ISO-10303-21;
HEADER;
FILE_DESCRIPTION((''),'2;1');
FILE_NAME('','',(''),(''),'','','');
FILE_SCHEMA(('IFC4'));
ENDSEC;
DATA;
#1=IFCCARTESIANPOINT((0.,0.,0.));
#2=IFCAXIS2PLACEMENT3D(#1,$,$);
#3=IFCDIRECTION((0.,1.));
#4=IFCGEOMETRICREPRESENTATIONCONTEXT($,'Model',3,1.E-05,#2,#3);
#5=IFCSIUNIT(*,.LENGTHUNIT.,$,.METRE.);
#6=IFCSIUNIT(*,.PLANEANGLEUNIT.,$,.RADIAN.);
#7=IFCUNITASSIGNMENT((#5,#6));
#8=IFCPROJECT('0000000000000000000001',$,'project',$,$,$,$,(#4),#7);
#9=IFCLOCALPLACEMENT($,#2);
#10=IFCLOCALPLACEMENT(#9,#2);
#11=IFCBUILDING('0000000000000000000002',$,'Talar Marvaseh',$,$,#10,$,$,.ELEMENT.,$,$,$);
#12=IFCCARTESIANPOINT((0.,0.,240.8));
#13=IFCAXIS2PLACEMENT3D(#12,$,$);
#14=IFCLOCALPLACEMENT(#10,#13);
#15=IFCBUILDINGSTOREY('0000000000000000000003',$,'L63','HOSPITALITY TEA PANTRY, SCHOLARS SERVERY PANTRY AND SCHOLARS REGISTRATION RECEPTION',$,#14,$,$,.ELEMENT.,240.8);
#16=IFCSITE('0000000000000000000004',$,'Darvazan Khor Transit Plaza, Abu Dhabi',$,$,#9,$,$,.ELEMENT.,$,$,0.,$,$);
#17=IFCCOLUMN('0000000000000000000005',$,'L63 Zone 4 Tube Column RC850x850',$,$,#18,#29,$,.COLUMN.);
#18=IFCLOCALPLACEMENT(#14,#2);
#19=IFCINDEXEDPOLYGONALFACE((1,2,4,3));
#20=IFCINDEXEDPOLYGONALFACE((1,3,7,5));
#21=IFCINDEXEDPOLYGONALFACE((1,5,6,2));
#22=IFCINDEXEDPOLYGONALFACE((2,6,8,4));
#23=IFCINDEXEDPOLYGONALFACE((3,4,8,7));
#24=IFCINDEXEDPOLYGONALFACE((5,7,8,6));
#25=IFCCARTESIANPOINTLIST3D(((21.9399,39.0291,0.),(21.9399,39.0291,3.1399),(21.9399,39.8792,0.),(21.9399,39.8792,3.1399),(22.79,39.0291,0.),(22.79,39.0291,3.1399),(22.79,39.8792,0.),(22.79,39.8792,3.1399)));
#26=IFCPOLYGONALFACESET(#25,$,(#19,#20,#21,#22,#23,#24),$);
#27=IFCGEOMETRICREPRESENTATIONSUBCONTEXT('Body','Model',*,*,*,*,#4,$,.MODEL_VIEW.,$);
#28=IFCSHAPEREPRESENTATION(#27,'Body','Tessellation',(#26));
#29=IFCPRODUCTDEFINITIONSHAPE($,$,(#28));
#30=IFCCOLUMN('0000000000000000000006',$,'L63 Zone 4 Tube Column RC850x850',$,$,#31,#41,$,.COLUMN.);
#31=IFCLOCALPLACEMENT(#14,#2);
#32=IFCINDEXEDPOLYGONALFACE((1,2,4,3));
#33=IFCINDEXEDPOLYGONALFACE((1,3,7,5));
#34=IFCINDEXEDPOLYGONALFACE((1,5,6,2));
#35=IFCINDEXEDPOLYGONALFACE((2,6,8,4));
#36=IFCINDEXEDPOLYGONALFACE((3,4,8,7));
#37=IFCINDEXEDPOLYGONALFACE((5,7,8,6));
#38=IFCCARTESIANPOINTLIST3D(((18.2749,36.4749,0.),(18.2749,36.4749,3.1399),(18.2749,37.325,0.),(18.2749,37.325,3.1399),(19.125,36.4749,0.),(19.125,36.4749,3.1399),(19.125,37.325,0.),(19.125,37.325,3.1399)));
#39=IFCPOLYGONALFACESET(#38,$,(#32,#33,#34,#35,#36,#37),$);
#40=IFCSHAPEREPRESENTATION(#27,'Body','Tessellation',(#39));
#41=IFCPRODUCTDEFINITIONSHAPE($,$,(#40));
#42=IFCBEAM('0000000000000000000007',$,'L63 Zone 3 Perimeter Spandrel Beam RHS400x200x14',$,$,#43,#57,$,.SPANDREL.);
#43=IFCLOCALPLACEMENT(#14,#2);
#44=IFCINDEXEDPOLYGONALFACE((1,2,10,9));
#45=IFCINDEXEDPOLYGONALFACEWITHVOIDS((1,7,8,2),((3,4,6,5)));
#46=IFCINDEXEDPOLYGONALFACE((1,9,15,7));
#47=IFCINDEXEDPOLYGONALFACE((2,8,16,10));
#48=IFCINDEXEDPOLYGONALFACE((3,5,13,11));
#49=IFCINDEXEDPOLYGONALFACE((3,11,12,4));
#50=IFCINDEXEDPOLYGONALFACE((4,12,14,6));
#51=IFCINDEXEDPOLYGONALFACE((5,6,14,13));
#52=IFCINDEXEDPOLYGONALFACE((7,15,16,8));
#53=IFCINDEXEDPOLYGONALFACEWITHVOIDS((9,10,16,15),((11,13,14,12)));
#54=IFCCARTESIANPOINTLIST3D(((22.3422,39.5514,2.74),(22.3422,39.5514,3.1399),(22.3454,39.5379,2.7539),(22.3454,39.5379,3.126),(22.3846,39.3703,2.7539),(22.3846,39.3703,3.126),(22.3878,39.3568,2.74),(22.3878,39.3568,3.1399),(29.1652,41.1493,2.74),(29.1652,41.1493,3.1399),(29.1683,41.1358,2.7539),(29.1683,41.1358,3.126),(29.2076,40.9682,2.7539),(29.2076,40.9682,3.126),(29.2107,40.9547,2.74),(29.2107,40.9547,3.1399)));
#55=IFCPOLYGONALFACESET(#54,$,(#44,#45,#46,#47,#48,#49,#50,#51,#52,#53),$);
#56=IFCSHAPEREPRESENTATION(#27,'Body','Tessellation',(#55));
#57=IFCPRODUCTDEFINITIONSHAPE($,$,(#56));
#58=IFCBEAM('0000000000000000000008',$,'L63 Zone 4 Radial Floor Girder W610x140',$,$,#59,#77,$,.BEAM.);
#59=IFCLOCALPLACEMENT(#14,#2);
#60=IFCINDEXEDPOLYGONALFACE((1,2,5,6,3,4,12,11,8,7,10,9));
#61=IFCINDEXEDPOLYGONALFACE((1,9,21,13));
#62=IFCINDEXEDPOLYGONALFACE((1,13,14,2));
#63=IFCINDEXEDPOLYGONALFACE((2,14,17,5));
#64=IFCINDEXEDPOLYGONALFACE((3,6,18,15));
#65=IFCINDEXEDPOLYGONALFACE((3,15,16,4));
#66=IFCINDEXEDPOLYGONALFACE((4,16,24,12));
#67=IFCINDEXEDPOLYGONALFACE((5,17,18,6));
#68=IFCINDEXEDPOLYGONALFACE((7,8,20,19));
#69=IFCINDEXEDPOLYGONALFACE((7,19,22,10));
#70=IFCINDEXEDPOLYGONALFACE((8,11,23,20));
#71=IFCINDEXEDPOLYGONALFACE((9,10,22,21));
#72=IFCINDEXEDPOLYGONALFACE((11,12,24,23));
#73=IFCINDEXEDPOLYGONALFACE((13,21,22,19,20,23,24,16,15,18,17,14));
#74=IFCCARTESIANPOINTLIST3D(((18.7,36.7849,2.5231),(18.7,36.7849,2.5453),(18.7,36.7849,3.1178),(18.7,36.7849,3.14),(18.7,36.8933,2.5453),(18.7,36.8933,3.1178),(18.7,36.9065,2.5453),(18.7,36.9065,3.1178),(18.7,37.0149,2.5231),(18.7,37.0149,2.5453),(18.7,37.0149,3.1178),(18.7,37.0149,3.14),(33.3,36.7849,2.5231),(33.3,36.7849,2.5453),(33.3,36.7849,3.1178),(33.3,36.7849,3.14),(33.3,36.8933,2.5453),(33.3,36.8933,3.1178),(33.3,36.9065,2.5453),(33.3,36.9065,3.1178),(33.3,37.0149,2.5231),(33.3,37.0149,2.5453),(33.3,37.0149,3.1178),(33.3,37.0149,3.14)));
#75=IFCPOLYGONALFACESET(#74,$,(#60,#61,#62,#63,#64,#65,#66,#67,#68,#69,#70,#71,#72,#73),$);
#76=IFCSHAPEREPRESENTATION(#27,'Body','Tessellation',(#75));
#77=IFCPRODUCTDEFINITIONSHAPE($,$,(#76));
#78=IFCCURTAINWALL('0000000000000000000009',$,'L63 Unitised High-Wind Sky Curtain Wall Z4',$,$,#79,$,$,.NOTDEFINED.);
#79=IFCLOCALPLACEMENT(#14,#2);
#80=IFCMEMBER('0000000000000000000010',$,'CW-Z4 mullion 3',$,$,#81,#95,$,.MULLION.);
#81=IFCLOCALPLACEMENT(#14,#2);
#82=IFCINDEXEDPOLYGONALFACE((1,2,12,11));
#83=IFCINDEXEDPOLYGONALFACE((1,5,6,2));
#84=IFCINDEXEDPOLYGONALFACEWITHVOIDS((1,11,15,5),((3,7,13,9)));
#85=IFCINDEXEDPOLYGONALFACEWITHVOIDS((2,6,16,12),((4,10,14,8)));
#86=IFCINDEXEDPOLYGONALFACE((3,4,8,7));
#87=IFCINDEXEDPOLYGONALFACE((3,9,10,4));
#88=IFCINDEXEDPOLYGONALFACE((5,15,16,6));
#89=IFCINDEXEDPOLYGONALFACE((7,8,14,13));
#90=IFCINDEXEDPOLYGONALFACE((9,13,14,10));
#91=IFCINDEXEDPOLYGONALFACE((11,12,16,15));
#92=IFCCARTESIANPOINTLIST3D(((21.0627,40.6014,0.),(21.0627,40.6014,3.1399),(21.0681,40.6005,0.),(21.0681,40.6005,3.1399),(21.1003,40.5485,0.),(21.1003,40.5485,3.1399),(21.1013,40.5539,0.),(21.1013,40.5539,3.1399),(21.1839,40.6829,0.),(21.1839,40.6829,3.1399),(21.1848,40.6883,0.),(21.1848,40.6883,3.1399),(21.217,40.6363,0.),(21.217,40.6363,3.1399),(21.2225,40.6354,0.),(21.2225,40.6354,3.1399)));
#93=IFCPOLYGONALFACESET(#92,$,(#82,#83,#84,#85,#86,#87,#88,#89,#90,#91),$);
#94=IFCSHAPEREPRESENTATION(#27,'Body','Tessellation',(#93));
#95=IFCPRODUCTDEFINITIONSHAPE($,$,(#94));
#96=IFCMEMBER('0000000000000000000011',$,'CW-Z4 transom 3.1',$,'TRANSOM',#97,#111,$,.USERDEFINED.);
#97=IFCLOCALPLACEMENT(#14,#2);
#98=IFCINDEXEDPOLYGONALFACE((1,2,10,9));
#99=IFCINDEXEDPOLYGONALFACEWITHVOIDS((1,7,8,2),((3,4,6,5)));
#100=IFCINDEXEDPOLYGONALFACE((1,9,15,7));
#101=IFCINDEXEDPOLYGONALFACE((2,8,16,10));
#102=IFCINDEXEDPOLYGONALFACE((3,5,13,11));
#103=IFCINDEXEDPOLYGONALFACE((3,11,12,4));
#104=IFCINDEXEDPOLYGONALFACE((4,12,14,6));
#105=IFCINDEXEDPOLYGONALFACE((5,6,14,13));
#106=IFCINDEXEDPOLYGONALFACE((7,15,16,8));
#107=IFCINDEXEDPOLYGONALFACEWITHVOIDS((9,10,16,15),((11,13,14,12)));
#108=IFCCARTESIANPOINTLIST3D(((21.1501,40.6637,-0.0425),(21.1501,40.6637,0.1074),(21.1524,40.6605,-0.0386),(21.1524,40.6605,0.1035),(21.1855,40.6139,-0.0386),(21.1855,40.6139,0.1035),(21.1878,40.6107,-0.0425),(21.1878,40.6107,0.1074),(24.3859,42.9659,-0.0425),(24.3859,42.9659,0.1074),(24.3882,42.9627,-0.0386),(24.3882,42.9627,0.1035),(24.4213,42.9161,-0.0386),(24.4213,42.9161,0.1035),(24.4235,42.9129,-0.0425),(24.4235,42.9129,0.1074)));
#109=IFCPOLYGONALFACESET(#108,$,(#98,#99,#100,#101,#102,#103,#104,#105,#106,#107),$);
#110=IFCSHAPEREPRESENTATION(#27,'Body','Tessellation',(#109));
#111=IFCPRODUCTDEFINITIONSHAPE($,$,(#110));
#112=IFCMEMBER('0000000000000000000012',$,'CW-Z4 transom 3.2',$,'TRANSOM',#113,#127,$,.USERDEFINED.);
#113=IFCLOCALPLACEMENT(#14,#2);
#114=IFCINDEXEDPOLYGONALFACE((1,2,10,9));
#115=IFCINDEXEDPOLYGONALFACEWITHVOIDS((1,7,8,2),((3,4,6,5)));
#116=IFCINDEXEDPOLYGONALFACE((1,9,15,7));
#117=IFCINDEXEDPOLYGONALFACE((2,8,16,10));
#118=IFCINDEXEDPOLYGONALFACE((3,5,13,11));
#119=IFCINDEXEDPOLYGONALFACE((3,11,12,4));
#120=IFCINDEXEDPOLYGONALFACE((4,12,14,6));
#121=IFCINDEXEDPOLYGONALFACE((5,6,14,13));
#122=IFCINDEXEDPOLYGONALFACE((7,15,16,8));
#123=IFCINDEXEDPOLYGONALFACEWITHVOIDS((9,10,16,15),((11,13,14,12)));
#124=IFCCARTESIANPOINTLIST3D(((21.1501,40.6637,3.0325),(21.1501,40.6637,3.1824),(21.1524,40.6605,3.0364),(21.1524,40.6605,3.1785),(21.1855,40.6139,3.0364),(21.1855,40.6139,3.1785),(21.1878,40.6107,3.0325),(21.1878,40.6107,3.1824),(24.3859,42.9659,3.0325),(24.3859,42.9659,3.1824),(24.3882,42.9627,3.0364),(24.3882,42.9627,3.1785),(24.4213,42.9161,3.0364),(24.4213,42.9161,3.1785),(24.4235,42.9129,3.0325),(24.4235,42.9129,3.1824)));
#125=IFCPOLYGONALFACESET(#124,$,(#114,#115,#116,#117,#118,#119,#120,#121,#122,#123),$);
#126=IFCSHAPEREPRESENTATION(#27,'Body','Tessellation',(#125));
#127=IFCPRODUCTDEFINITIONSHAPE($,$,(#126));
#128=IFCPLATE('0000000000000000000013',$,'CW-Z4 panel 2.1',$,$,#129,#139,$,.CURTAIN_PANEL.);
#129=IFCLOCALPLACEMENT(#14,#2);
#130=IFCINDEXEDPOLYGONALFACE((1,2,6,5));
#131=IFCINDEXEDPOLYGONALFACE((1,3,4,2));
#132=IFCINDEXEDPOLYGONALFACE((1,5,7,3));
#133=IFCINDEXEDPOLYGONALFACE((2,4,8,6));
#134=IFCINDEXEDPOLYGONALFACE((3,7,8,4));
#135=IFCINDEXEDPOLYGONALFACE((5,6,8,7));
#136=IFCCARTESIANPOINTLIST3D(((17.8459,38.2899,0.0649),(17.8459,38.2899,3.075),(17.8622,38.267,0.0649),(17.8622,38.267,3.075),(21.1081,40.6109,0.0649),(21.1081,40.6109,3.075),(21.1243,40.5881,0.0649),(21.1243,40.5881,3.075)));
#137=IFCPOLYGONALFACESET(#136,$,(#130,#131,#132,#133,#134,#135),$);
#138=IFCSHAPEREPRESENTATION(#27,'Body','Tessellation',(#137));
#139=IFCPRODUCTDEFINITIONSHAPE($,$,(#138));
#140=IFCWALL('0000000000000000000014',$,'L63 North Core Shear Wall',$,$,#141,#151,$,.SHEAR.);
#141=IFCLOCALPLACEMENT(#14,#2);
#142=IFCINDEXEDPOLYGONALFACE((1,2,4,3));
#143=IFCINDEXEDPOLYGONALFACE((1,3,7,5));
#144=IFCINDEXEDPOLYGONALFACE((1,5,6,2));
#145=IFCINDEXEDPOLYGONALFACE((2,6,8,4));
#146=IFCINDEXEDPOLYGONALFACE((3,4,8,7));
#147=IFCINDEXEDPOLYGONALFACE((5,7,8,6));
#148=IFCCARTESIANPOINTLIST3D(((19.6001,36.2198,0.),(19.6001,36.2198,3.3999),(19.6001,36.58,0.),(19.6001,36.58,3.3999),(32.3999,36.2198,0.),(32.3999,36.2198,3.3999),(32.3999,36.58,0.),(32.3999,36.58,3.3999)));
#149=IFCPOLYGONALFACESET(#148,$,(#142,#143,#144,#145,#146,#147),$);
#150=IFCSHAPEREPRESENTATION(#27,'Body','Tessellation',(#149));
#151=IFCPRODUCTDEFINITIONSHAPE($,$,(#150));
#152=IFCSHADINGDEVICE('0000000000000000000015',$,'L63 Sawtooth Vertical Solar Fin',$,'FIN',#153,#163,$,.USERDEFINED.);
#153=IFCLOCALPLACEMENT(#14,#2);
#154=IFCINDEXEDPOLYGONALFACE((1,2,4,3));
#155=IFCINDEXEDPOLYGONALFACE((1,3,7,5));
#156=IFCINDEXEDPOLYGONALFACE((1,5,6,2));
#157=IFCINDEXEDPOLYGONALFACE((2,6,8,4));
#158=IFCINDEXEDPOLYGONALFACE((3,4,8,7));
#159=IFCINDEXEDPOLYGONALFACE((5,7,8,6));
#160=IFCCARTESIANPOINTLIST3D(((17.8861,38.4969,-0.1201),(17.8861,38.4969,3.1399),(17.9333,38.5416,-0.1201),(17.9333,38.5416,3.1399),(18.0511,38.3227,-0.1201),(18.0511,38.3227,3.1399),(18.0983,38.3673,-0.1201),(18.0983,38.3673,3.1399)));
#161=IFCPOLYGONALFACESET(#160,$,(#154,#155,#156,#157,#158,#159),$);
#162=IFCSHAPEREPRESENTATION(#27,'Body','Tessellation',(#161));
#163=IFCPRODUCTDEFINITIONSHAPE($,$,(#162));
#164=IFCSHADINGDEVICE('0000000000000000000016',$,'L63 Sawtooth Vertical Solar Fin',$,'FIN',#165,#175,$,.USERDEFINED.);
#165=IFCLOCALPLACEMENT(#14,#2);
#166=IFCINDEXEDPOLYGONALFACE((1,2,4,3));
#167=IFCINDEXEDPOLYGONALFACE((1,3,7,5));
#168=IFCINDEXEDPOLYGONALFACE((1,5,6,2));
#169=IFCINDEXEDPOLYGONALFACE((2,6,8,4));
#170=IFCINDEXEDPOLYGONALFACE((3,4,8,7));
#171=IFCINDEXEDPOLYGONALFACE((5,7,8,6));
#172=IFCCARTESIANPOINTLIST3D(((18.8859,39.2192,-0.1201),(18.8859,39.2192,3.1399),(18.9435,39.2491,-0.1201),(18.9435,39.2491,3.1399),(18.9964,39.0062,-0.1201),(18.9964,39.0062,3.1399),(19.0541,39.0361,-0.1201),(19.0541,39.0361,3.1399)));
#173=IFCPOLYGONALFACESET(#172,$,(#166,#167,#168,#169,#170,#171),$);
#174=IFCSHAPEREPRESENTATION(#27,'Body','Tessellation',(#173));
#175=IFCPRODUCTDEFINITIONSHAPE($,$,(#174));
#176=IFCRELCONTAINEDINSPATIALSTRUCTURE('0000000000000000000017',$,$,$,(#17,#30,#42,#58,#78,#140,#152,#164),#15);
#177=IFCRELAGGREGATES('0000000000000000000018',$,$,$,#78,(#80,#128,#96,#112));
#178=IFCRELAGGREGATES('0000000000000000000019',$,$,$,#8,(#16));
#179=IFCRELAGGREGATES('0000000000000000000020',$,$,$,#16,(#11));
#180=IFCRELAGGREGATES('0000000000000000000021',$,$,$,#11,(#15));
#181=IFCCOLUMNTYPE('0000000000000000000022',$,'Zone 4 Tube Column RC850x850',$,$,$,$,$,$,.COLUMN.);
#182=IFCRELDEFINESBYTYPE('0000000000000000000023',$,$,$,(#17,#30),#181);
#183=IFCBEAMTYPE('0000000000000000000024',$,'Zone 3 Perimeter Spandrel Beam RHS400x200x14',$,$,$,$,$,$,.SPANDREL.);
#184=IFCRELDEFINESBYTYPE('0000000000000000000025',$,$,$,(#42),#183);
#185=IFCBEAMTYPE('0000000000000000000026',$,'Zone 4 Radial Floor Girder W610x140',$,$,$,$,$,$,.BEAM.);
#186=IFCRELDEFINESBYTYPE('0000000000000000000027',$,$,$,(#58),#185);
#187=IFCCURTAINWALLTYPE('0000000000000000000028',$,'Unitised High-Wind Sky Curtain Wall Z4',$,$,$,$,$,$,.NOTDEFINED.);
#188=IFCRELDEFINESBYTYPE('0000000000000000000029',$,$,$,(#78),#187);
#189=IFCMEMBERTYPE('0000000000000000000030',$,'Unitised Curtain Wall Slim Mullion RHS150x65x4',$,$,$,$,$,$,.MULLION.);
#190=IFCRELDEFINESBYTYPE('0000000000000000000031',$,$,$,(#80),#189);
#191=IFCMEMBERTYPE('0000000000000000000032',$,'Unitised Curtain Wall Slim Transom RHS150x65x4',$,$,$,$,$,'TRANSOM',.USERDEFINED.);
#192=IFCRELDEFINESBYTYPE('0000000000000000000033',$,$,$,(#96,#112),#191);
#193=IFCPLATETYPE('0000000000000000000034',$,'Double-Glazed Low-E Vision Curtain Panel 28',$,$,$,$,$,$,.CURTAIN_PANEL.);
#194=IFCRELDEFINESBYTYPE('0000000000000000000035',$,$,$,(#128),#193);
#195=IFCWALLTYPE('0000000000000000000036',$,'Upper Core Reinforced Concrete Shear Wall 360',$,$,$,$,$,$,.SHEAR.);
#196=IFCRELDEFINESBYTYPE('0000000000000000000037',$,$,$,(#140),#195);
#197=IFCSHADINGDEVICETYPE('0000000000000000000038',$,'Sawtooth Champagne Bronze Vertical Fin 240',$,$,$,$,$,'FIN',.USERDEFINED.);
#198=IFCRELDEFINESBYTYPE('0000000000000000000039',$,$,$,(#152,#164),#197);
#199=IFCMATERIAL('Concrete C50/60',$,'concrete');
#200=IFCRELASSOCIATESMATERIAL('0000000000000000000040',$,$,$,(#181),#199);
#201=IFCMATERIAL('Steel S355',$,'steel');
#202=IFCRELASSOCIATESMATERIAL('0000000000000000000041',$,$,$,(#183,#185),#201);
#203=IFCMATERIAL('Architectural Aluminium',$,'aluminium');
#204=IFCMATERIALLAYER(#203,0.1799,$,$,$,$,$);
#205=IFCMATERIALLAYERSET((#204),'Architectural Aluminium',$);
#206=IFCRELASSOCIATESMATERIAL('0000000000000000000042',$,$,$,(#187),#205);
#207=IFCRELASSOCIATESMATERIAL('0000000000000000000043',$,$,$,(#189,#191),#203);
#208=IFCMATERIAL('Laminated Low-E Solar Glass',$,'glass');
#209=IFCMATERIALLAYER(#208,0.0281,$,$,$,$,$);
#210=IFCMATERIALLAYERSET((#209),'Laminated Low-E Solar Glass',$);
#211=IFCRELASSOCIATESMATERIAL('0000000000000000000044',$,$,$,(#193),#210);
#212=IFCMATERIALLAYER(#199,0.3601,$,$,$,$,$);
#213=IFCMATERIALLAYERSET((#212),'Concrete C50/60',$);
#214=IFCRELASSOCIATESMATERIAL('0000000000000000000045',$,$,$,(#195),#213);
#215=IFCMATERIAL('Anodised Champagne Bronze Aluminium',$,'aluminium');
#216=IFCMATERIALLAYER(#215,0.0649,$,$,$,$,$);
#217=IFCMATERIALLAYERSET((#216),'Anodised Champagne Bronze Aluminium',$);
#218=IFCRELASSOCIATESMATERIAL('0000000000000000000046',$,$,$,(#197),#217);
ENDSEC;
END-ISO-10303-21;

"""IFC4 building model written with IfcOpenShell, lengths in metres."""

from ifc_helpers import new_model, si_unit, direction, frame, frame_2d, origin, origin_2d, place, context, subcontext, project, spatial, rectangle, hollow_rectangle, i_section, extrude, source, transform, mapped, material, layer, layer_set, material_profile, profile_set, type_object, type_shapes, element, aggregate, save


model = new_model("IFC4")

# Units and contexts
model_context = context("Model", 3, precision=1e-05, world=origin(), true_north=direction((0.0, 1.0)))
body_context = subcontext(model_context, "Body", "Model", "MODEL_VIEW")
ifc_project = project(units=[si_unit("LENGTHUNIT", "METRE"), si_unit("PLANEANGLEUNIT", "RADIAN")], contexts=[model_context])

# Site, building, storey
site_placement = place(None, origin())
site = spatial("IfcSite", under=ifc_project, at=site_placement, Name="Darvazan Khor Transit Plaza, Abu Dhabi", CompositionType="ELEMENT", RefElevation=0.0)
building_placement = place(site_placement, origin())
building = spatial("IfcBuilding", under=site, at=building_placement, Name="Talar Marvaseh", CompositionType="ELEMENT")
storey_placement = place(building_placement, frame((0.0, 0.0, 240.8)))
storey = spatial("IfcBuildingStorey", under=building, at=storey_placement, Name="L63", Description="HOSPITALITY TEA PANTRY, SCHOLARS SERVERY PANTRY AND SCHOLARS REGISTRATION RECEPTION", CompositionType="ELEMENT", Elevation=240.8)

# Columns
ifc_material_1 = material(Name="Concrete C50/60", Category="concrete")
ifc_material_profile_1 = material_profile(ifc_material_1, rectangle(XDim=0.8501, YDim=0.8501, at=origin_2d()), Name="RC850x850")
ifc_profile_set_1 = profile_set([ifc_material_profile_1], Name="Concrete C50/60")
column_type = type_object("IfcColumnType", Name="Zone 4 Tube Column RC850x850", PredefinedType="COLUMN", material=ifc_profile_set_1)
for number, where, z_axis, x_axis, name in (
    (1, (22.365, 39.4541, 0.0), (0.0, 0.0, 1.0), (1.0, 0.0, 0.0), "L63 Zone 4 Tube Column RC850x850"),
    (2, (18.7, 36.8999, 0.0), (0.0, 0.0, 1.0), (1.0, 0.0, 0.0), "L63 Zone 4 Tube Column RC850x850"),
):
    element("IfcColumn", number, at=place(storey_placement, frame(where, z_axis=z_axis, x_axis=x_axis)), inside=storey, type_object=column_type, Name=name, PredefinedType="COLUMN", context=body_context, shape_type="SweptSolid", body=[
        extrude(rectangle(XDim=0.8501, YDim=0.8501, at=origin_2d()), origin(), (0.0, 0.0, 1.0), 3.1399),
    ])

# Beams
ifc_material_2 = material(Name="Steel S355", Category="steel")
ifc_material_profile_2 = material_profile(ifc_material_2, hollow_rectangle(XDim=0.2, YDim=0.3999, WallThickness=0.0139, at=origin_2d()), Name="RHS400x200x14")
ifc_profile_set_2 = profile_set([ifc_material_profile_2], Name="Steel S355")
beam_type_1 = type_object("IfcBeamType", Name="Zone 3 Perimeter Spandrel Beam RHS400x200x14", PredefinedType="SPANDREL", material=ifc_profile_set_2)
beam_1_placement = place(storey_placement, frame((22.365, 39.4541, 2.9399), z_axis=(0.973656, 0.228024, 0.0), x_axis=(-0.228024, 0.973656, 0.0)))
element("IfcBeam", 3, at=beam_1_placement, inside=storey, type_object=beam_type_1, Name="L63 Zone 3 Perimeter Spandrel Beam RHS400x200x14", PredefinedType="SPANDREL", context=body_context, shape_type="SweptSolid", body=[
    extrude(hollow_rectangle(XDim=0.2, YDim=0.3999, WallThickness=0.0139, at=origin_2d()), origin(), (0.0, 0.0, 1.0), 7.0076),
])
ifc_material_profile_3 = material_profile(ifc_material_2, i_section(OverallWidth=0.23, OverallDepth=0.6169, WebThickness=0.0132, FlangeThickness=0.0222, at=origin_2d()), Name="W610x140")
ifc_profile_set_3 = profile_set([ifc_material_profile_3], Name="Steel S355")
beam_type_2 = type_object("IfcBeamType", Name="Zone 4 Radial Floor Girder W610x140", PredefinedType="BEAM", material=ifc_profile_set_3)
beam_2_placement = place(storey_placement, frame((18.7, 36.8999, 2.8315), z_axis=(1.0, 0.0, 0.0), x_axis=(0.0, 1.0, 0.0)))
element("IfcBeam", 4, at=beam_2_placement, inside=storey, type_object=beam_type_2, Name="L63 Zone 4 Radial Floor Girder W610x140", PredefinedType="BEAM", context=body_context, shape_type="SweptSolid", body=[
    extrude(i_section(OverallWidth=0.23, OverallDepth=0.6169, WebThickness=0.0132, FlangeThickness=0.0222, at=origin_2d()), origin(), (0.0, 0.0, 1.0), 14.6001),
])

# Curtain wall, members, plate
ifc_material_3 = material(Name="Architectural Aluminium", Category="aluminium")
ifc_layer_1 = layer(ifc_material_3, 0.1799)
ifc_layer_set_1 = layer_set([ifc_layer_1], Name="Architectural Aluminium")
curtain_wall_type = type_object("IfcCurtainWallType", Name="Unitised High-Wind Sky Curtain Wall Z4", PredefinedType="NOTDEFINED", material=ifc_layer_set_1)
curtain_wall_placement = place(storey_placement, origin())
curtain_wall = element("IfcCurtainWall", 5, at=curtain_wall_placement, inside=storey, type_object=curtain_wall_type, Name="L63 Unitised High-Wind Sky Curtain Wall Z4", PredefinedType="NOTDEFINED")
ifc_material_profile_4 = material_profile(ifc_material_3, hollow_rectangle(XDim=0.0649, YDim=0.1499, WallThickness=0.0039, at=origin_2d()), Name="RHS150x65x4")
ifc_profile_set_4 = profile_set([ifc_material_profile_4], Name="Architectural Aluminium")
member_type_1 = type_object("IfcMemberType", Name="Unitised Curtain Wall Slim Mullion RHS150x65x4", PredefinedType="MULLION", material=ifc_profile_set_4)
shared_shape_1 = source(origin(), body_context, "Body", "SweptSolid", [
    extrude(hollow_rectangle(XDim=0.0649, YDim=0.1499, WallThickness=0.0039, at=origin_2d()), origin(), (0.0, 0.0, 1.0), 3.1399),
])
type_shapes(member_type_1, [shared_shape_1])
member_1_placement = place(storey_placement, frame((21.1426, 40.6184, 0.0), z_axis=(0.0, 0.0, 1.0), x_axis=(-0.579742, 0.8148, 0.0)))
member_1 = element("IfcMember", 6, at=member_1_placement, type_object=member_type_1, Name="CW-Z4 mullion 3", PredefinedType="MULLION", context=body_context, shape_type="MappedRepresentation", body=[
    mapped(shared_shape_1, transform((0.0, 0.0, 0.0), x_axis=(1.0, 0.0, 0.0), y_axis=(0.0, 1.0, 0.0), z_axis=(0.0, 0.0, 1.0), scale=1.0)),
])
ifc_material_profile_5 = material_profile(ifc_material_3, hollow_rectangle(XDim=0.0649, YDim=0.1499, WallThickness=0.0039, at=origin_2d()), Name="RHS150x65x4")
ifc_profile_set_5 = profile_set([ifc_material_profile_5], Name="Architectural Aluminium")
member_type_2 = type_object("IfcMemberType", Name="Unitised Curtain Wall Slim Transom RHS150x65x4", ElementType="TRANSOM", PredefinedType="USERDEFINED", material=ifc_profile_set_5)
shared_shape_2 = source(origin(), body_context, "Body", "SweptSolid", [
    extrude(hollow_rectangle(XDim=0.0649, YDim=0.1499, WallThickness=0.0039, at=origin_2d()), origin(), (0.0, 0.0, 1.0), 3.9712),
])
type_shapes(member_type_2, [shared_shape_2])
member_2_placement = place(storey_placement, frame((21.1689, 40.6372, 0.0325), z_axis=(0.814812, 0.579725, 0.0), x_axis=(-0.579725, 0.814812, 0.0)))
member_2 = element("IfcMember", 7, at=member_2_placement, type_object=member_type_2, Name="CW-Z4 transom 3.1", ObjectType="TRANSOM", PredefinedType="USERDEFINED", context=body_context, shape_type="MappedRepresentation", body=[
    mapped(shared_shape_2, transform((0.0, 0.0, 0.0), x_axis=(1.0, 0.0, 0.0), y_axis=(0.0, 1.0, 0.0), z_axis=(0.0, 0.0, 1.0), scale=1.0)),
])
member_3_placement = place(storey_placement, frame((21.1689, 40.6372, 3.1074), z_axis=(0.814812, 0.579725, 0.0), x_axis=(-0.579725, 0.814812, 0.0)))
member_3 = element("IfcMember", 8, at=member_3_placement, type_object=member_type_2, Name="CW-Z4 transom 3.2", ObjectType="TRANSOM", PredefinedType="USERDEFINED", context=body_context, shape_type="MappedRepresentation", body=[
    mapped(shared_shape_2, transform((0.0, 0.0, 0.0), x_axis=(1.0, 0.0, 0.0), y_axis=(0.0, 1.0, 0.0), z_axis=(0.0, 0.0, 1.0), scale=1.0)),
])
ifc_material_4 = material(Name="Laminated Low-E Solar Glass", Category="glass")
ifc_layer_2 = layer(ifc_material_4, 0.0281)
ifc_layer_set_2 = layer_set([ifc_layer_2], Name="Laminated Low-E Solar Glass")
plate_type = type_object("IfcPlateType", Name="Double-Glazed Low-E Vision Curtain Panel 28", PredefinedType="CURTAIN_PANEL", material=ifc_layer_set_2)
shared_shape_3 = source(origin(), body_context, "Body", "SweptSolid", [
    extrude(rectangle(XDim=4.0037, YDim=0.0281, at=origin_2d()), origin(), (0.0, 0.0, 1.0), 3.01),
])
type_shapes(plate_type, [shared_shape_3])
plate_placement = place(storey_placement, frame((19.4851, 39.439, 0.0649), z_axis=(0.0, 0.0, 1.0), x_axis=(0.8148, 0.579742, 0.0)))
plate = element("IfcPlate", 9, at=plate_placement, type_object=plate_type, Name="CW-Z4 panel 2.1", PredefinedType="CURTAIN_PANEL", context=body_context, shape_type="MappedRepresentation", body=[
    mapped(shared_shape_3, transform((0.0, 0.0, 0.0), x_axis=(1.0, 0.0, 0.0), y_axis=(0.0, 1.0, 0.0), z_axis=(0.0, 0.0, 1.0), scale=1.0)),
])
aggregate(curtain_wall, [member_1, plate, member_2, member_3])

# Wall
ifc_layer_3 = layer(ifc_material_1, 0.3601)
ifc_layer_set_3 = layer_set([ifc_layer_3], Name="Concrete C50/60")
wall_type = type_object("IfcWallType", Name="Upper Core Reinforced Concrete Shear Wall 360", PredefinedType="SHEAR", material=ifc_layer_set_3)
wall_placement = place(storey_placement, frame((19.6001, 36.3999, 0.0), z_axis=(0.0, 0.0, 1.0), x_axis=(1.0, 0.0, 0.0)))
element("IfcWall", 10, at=wall_placement, inside=storey, type_object=wall_type, Name="L63 North Core Shear Wall", PredefinedType="SHEAR", context=body_context, shape_type="SweptSolid", body=[
    extrude(rectangle(XDim=12.7998, YDim=0.3601, at=frame_2d((6.3999, 0.0))), origin(), (0.0, 0.0, 1.0), 3.3999),
])

# Shading devices
ifc_material_5 = material(Name="Anodised Champagne Bronze Aluminium", Category="aluminium")
ifc_layer_4 = layer(ifc_material_5, 0.0649)
ifc_layer_set_4 = layer_set([ifc_layer_4], Name="Anodised Champagne Bronze Aluminium")
shading_device_type = type_object("IfcShadingDeviceType", Name="Sawtooth Champagne Bronze Vertical Fin 240", ElementType="FIN", PredefinedType="USERDEFINED", material=ifc_layer_set_4)
shared_shape_4 = source(origin(), body_context, "Body", "SweptSolid", [
    extrude(rectangle(XDim=0.24, YDim=0.0649, at=origin_2d()), origin(), (0.0, 0.0, 1.0), 3.26),
])
type_shapes(shading_device_type, [shared_shape_4])
for number, where, z_axis, x_axis, name in (
    (11, (17.9922, 38.4321, -0.1201), (0.0, 0.0, 1.0), (-0.687468, 0.726215, 0.0), "L63 Sawtooth Vertical Solar Fin"),
    (12, (18.97, 39.1277, -0.1201), (0.0, 0.0, 1.0), (-0.460665, 0.887574, 0.0), "L63 Sawtooth Vertical Solar Fin"),
):
    element("IfcShadingDevice", number, at=place(storey_placement, frame(where, z_axis=z_axis, x_axis=x_axis)), inside=storey, type_object=shading_device_type, Name=name, ObjectType="FIN", PredefinedType="USERDEFINED", context=body_context, shape_type="MappedRepresentation", body=[
        mapped(shared_shape_4, transform((0.0, 0.0, 0.0), x_axis=(1.0, 0.0, 0.0), y_axis=(0.0, 1.0, 0.0), z_axis=(0.0, 0.0, 1.0), scale=1.0)),
    ])

save(model, "model.ifc")
